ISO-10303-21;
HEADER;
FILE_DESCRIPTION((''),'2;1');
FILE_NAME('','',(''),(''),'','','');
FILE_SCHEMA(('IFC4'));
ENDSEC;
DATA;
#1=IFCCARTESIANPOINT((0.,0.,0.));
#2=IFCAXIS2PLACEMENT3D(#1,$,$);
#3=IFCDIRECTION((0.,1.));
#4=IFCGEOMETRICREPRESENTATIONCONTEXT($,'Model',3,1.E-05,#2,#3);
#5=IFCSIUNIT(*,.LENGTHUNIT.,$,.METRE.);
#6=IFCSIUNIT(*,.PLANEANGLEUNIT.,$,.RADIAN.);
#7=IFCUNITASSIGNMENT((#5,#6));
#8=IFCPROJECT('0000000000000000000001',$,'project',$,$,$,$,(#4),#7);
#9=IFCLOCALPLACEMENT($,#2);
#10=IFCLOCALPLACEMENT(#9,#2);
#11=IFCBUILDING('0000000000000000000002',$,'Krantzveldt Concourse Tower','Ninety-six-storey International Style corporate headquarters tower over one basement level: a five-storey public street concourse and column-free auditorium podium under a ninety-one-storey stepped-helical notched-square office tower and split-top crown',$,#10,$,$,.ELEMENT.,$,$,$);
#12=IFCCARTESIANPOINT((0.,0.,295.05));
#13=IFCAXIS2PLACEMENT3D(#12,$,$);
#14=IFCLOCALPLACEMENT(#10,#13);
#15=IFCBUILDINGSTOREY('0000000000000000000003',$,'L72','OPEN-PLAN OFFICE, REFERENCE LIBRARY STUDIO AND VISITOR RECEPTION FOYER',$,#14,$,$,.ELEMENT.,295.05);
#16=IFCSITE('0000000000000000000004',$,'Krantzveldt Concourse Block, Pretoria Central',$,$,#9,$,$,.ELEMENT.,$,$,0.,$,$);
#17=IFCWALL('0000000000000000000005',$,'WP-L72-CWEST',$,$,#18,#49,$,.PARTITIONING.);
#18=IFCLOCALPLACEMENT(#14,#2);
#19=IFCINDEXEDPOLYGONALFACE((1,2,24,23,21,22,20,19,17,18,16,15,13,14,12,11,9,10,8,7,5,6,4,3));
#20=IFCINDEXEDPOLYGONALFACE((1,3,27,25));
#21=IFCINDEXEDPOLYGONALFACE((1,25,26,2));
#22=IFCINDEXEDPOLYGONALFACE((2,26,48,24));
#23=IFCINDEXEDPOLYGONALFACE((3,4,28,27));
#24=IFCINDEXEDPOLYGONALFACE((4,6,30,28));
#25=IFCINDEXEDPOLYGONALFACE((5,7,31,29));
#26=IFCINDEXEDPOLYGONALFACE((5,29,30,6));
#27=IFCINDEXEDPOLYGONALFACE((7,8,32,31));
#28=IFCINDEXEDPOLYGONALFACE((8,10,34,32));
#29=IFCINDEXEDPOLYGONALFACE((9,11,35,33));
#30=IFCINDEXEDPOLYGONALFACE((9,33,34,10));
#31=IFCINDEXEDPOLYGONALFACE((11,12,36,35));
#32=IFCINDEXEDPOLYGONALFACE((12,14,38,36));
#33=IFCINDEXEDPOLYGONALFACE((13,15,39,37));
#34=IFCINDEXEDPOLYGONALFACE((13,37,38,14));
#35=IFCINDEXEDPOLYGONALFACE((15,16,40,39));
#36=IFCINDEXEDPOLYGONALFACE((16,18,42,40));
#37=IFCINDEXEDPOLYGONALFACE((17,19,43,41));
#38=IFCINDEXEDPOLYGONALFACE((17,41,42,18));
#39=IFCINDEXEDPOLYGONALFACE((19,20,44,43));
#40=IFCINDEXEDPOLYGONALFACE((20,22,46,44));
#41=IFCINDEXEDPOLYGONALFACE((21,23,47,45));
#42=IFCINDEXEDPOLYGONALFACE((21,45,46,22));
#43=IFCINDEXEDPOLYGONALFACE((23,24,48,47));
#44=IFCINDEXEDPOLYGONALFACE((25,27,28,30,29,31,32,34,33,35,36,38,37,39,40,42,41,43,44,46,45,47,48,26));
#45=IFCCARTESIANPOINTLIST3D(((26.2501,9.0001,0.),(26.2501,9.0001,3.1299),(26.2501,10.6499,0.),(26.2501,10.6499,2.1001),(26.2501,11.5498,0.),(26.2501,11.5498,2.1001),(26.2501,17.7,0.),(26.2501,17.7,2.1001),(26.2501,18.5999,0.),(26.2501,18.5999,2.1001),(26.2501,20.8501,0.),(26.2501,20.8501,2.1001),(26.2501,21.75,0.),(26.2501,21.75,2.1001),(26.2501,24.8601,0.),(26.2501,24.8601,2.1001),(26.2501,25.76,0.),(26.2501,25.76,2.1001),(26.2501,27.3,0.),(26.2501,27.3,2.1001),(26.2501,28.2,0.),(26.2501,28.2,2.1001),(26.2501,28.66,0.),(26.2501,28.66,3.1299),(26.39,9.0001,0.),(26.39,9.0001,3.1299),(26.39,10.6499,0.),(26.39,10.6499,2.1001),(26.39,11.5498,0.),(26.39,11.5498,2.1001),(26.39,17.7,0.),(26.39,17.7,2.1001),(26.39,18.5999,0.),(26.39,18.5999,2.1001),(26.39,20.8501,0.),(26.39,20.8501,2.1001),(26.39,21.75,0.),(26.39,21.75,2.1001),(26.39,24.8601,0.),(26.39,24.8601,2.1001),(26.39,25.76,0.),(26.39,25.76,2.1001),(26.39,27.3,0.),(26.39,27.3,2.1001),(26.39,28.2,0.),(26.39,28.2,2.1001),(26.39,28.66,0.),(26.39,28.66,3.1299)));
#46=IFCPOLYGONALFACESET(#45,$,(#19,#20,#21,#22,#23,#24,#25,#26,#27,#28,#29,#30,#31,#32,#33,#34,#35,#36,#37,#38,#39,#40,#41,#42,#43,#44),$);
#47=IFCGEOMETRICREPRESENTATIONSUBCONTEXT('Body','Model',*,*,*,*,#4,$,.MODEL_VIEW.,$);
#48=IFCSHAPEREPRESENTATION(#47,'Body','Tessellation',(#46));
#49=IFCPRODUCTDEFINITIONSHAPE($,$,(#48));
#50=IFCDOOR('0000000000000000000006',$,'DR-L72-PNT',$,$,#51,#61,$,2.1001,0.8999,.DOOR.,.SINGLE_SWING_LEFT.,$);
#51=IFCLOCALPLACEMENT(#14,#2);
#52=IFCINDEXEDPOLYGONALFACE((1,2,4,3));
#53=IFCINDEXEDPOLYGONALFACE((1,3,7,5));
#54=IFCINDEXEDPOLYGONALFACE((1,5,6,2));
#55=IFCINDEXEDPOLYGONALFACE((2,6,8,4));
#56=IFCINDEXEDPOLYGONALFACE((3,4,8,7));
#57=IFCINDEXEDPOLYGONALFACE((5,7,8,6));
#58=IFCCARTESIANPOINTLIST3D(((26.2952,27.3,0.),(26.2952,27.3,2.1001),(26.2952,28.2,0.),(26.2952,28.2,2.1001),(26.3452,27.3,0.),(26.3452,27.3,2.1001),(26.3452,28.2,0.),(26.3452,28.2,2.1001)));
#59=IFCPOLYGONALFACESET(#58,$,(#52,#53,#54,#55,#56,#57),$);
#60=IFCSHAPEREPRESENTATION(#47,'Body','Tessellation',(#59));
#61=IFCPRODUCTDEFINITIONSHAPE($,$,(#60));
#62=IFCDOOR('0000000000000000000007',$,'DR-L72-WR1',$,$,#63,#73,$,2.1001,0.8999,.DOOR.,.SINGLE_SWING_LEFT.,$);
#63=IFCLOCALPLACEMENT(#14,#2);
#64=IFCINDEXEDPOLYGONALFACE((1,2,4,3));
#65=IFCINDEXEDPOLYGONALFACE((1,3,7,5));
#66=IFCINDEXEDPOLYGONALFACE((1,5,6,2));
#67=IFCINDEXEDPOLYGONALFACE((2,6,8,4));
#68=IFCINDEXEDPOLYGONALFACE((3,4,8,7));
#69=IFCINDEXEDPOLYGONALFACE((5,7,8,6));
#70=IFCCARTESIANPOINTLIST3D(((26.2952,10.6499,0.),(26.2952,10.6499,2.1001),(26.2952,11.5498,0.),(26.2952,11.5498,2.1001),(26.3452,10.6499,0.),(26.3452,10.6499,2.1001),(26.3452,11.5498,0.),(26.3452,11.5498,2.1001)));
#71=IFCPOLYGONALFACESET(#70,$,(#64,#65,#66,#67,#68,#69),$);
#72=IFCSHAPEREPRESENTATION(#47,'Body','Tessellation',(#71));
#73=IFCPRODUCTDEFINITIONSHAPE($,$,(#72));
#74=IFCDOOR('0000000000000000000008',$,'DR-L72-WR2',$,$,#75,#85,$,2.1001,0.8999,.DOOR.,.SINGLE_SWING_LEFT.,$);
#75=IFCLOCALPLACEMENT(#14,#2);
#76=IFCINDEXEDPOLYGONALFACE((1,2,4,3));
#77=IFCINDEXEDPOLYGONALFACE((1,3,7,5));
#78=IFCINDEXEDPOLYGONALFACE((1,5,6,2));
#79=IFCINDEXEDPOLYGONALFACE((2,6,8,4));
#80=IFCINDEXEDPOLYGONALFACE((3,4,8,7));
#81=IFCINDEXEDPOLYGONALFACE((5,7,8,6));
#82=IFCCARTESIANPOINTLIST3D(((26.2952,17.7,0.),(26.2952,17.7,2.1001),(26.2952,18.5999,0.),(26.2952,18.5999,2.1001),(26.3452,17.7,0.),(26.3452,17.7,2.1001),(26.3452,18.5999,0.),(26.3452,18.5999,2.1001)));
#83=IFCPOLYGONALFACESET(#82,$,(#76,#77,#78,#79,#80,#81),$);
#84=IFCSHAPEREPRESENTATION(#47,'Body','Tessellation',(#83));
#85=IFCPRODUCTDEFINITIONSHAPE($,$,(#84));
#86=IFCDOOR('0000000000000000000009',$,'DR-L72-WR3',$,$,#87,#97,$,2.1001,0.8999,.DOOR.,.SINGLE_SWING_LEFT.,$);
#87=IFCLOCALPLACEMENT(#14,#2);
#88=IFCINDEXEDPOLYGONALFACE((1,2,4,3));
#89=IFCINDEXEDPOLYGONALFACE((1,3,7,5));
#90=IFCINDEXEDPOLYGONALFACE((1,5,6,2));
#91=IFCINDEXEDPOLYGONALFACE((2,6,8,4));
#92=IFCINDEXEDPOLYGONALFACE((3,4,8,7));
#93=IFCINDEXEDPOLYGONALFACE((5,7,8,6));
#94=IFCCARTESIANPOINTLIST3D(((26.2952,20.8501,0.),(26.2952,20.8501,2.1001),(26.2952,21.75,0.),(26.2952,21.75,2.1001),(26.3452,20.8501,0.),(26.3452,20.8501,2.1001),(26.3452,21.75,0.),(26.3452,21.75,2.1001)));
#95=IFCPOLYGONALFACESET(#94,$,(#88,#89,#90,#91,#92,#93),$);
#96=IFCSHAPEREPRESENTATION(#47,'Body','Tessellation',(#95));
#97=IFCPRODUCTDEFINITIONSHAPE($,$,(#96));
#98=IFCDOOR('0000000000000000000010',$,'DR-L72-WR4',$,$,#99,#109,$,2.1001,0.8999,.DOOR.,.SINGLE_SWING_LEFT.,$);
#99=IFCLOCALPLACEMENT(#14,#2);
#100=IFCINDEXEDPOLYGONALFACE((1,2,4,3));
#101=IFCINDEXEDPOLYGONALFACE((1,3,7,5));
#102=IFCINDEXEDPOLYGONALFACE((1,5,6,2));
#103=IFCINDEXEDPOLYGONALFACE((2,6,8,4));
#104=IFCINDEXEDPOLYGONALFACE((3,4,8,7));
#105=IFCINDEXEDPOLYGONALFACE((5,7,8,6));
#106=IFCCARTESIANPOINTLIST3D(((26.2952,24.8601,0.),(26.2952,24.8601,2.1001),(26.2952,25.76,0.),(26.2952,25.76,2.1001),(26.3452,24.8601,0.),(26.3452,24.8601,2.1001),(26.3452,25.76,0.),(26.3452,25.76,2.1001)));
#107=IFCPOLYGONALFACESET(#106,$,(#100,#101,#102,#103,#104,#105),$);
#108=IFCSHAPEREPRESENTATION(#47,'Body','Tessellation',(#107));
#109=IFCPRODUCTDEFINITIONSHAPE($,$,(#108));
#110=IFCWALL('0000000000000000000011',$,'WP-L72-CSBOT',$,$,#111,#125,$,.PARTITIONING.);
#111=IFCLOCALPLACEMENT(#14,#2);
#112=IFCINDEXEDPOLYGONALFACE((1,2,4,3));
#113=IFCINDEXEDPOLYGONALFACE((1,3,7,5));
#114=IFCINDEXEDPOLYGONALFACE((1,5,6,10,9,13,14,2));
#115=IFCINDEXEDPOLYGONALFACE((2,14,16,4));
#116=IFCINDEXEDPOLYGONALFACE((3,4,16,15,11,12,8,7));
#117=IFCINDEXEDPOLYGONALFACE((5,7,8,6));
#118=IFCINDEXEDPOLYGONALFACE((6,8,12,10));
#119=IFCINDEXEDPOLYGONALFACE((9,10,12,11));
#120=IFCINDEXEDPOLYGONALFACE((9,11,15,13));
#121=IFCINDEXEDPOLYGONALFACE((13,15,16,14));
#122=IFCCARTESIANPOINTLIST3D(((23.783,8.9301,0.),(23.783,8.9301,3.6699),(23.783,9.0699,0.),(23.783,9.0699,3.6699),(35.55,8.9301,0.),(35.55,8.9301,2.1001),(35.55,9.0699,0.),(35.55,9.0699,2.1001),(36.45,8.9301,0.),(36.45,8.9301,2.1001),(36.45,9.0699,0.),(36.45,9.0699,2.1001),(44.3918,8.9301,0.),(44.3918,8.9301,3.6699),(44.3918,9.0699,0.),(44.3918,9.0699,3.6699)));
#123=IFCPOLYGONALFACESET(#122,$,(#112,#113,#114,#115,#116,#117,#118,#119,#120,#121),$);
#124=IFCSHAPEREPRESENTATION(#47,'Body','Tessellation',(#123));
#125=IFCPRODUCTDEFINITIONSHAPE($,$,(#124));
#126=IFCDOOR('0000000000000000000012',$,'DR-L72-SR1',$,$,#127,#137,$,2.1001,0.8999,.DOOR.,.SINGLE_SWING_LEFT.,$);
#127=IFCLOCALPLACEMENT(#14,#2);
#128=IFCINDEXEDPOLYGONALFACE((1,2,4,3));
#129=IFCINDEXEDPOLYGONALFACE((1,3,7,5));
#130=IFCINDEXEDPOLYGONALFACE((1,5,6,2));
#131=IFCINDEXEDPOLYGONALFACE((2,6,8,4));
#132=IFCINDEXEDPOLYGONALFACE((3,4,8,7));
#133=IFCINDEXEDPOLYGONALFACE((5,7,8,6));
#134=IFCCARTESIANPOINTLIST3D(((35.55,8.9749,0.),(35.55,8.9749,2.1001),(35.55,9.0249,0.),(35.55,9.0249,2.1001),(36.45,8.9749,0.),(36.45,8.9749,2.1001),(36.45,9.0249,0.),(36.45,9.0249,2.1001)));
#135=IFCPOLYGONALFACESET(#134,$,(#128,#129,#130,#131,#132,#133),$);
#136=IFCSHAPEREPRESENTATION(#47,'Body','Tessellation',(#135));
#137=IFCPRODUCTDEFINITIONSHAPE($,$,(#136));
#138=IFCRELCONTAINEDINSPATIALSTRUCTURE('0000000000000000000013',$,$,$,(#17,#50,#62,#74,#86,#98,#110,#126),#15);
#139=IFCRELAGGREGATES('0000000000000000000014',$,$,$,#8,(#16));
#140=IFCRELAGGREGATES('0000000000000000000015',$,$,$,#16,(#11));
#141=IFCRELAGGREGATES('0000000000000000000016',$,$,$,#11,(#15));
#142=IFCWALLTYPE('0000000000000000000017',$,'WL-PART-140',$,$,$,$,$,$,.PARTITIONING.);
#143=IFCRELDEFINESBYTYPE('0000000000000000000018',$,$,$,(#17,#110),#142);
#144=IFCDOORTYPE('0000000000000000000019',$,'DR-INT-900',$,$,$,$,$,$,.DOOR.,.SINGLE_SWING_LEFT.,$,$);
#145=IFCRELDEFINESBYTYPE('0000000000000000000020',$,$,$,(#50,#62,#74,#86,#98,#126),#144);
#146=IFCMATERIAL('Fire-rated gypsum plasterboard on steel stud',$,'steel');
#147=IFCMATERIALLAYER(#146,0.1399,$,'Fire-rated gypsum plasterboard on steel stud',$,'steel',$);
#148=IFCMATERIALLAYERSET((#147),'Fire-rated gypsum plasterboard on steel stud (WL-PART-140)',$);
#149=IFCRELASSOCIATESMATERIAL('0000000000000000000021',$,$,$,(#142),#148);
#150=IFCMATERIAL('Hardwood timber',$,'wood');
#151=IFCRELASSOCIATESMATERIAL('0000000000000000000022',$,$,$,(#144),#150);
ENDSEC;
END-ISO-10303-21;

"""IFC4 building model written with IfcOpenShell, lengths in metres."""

from ifc_helpers import new_model, si_unit, direction, frame, frame_2d, origin, place, context, subcontext, project, spatial, rectangle, extrude, material, layer, layer_set, type_object, element, fill, save


model = new_model("IFC4")

# Units and contexts
model_context = context("Model", 3, precision=1e-05, world=origin(), true_north=direction((0.0, 1.0)))
body_context = subcontext(model_context, "Body", "Model", "MODEL_VIEW")
ifc_project = project(units=[si_unit("LENGTHUNIT", "METRE"), si_unit("PLANEANGLEUNIT", "RADIAN")], contexts=[model_context])

# Site, building, storey
site_placement = place(None, origin())
site = spatial("IfcSite", under=ifc_project, at=site_placement, Name="Krantzveldt Concourse Block, Pretoria Central", CompositionType="ELEMENT", RefElevation=0.0)
building_placement = place(site_placement, origin())
building = spatial("IfcBuilding", under=site, at=building_placement, Name="Krantzveldt Concourse Tower", Description="Ninety-six-storey International Style corporate headquarters tower over one basement level: a five-storey public street concourse and column-free auditorium podium under a ninety-one-storey stepped-helical notched-square office tower and split-top crown", CompositionType="ELEMENT")
storey_placement = place(building_placement, frame((0.0, 0.0, 295.05)))
storey = spatial("IfcBuildingStorey", under=building, at=storey_placement, Name="L72", Description="OPEN-PLAN OFFICE, REFERENCE LIBRARY STUDIO AND VISITOR RECEPTION FOYER", CompositionType="ELEMENT", Elevation=295.05)

# Shared definitions
ifc_material_1 = material(Name="Fire-rated gypsum plasterboard on steel stud", Category="steel")

# Wall, openings, doors
ifc_layer_1 = layer(ifc_material_1, 0.1399, Name="Fire-rated gypsum plasterboard on steel stud", Category="steel")
ifc_layer_set_1 = layer_set([ifc_layer_1], Name="Fire-rated gypsum plasterboard on steel stud (WL-PART-140)")
wall_type_1 = type_object("IfcWallType", Name="WL-PART-140", PredefinedType="PARTITIONING", material=ifc_layer_set_1)
wall_1_placement = place(storey_placement, frame((26.3201, 9.0, 0.0), z_axis=(0.0, 0.0, 1.0), x_axis=(0.0, 1.0, 0.0)))
wall_1 = element("IfcWall", 1, at=wall_1_placement, inside=storey, type_object=wall_type_1, Name="WP-L72-CWEST", PredefinedType="PARTITIONING", context=body_context, shape_type="SweptSolid", body=[
    extrude(rectangle(XDim=19.6599, YDim=0.1399, at=frame_2d((9.8301, 0.0))), origin(), (0.0, 0.0, 1.0), 3.1299),
])
opening_1_placement = place(wall_1_placement, frame((18.3, 0.0, 0.0)))
opening_1 = element("IfcOpeningElement", 2, at=opening_1_placement, cuts=wall_1, PredefinedType="OPENING", context=body_context, shape_type="SweptSolid", body=[
    extrude(rectangle(XDim=0.8999, YDim=2.1001, at=frame_2d((0.45, 1.05))), frame((0.0, 0.0801, 0.0), z_axis=(0.0, -1.0, 0.0), x_axis=(1.0, 0.0, 0.0)), (0.0, 0.0, 1.0), 0.1599),
])
opening_2_placement = place(wall_1_placement, frame((1.6499, 0.0, 0.0)))
opening_2 = element("IfcOpeningElement", 3, at=opening_2_placement, cuts=wall_1, PredefinedType="OPENING", context=body_context, shape_type="SweptSolid", body=[
    extrude(rectangle(XDim=0.8999, YDim=2.1001, at=frame_2d((0.45, 1.05))), frame((0.0, 0.0801, 0.0), z_axis=(0.0, -1.0, 0.0), x_axis=(1.0, 0.0, 0.0)), (0.0, 0.0, 1.0), 0.1599),
])
opening_3_placement = place(wall_1_placement, frame((8.7, 0.0, 0.0)))
opening_3 = element("IfcOpeningElement", 4, at=opening_3_placement, cuts=wall_1, PredefinedType="OPENING", context=body_context, shape_type="SweptSolid", body=[
    extrude(rectangle(XDim=0.8999, YDim=2.1001, at=frame_2d((0.45, 1.05))), frame((0.0, 0.0801, 0.0), z_axis=(0.0, -1.0, 0.0), x_axis=(1.0, 0.0, 0.0)), (0.0, 0.0, 1.0), 0.1599),
])
opening_4_placement = place(wall_1_placement, frame((11.8501, 0.0, 0.0)))
opening_4 = element("IfcOpeningElement", 5, at=opening_4_placement, cuts=wall_1, PredefinedType="OPENING", context=body_context, shape_type="SweptSolid", body=[
    extrude(rectangle(XDim=0.8999, YDim=2.1001, at=frame_2d((0.45, 1.05))), frame((0.0, 0.0801, 0.0), z_axis=(0.0, -1.0, 0.0), x_axis=(1.0, 0.0, 0.0)), (0.0, 0.0, 1.0), 0.1599),
])
opening_5_placement = place(wall_1_placement, frame((15.8601, 0.0, 0.0)))
opening_5 = element("IfcOpeningElement", 6, at=opening_5_placement, cuts=wall_1, PredefinedType="OPENING", context=body_context, shape_type="SweptSolid", body=[
    extrude(rectangle(XDim=0.8999, YDim=2.1001, at=frame_2d((0.45, 1.05))), frame((0.0, 0.0801, 0.0), z_axis=(0.0, -1.0, 0.0), x_axis=(1.0, 0.0, 0.0)), (0.0, 0.0, 1.0), 0.1599),
])
ifc_material_2 = material(Name="Hardwood timber", Category="wood")
door_type = type_object("IfcDoorType", Name="DR-INT-900", OperationType="SINGLE_SWING_LEFT", PredefinedType="DOOR", material=ifc_material_2)
door_1_placement = place(opening_1_placement, origin())
door_1 = element("IfcDoor", 7, at=door_1_placement, inside=storey, type_object=door_type, Name="DR-L72-PNT", OperationType="SINGLE_SWING_LEFT", OverallHeight=2.1001, OverallWidth=0.8999, PredefinedType="DOOR", context=body_context, shape_type="SweptSolid", body=[
    extrude(rectangle(XDim=0.8999, YDim=2.1001, at=frame_2d((0.45, 1.05))), frame((0.0, 0.0249, 0.0), z_axis=(0.0, -1.0, 0.0), x_axis=(1.0, 0.0, 0.0)), (0.0, 0.0, 1.0), 0.05),
])
fill(opening_1, door_1)
door_2_placement = place(opening_2_placement, origin())
door_2 = element("IfcDoor", 8, at=door_2_placement, inside=storey, type_object=door_type, Name="DR-L72-WR1", OperationType="SINGLE_SWING_LEFT", OverallHeight=2.1001, OverallWidth=0.8999, PredefinedType="DOOR", context=body_context, shape_type="SweptSolid", body=[
    extrude(rectangle(XDim=0.8999, YDim=2.1001, at=frame_2d((0.45, 1.05))), frame((0.0, 0.0249, 0.0), z_axis=(0.0, -1.0, 0.0), x_axis=(1.0, 0.0, 0.0)), (0.0, 0.0, 1.0), 0.05),
])
fill(opening_2, door_2)
door_3_placement = place(opening_3_placement, origin())
door_3 = element("IfcDoor", 9, at=door_3_placement, inside=storey, type_object=door_type, Name="DR-L72-WR2", OperationType="SINGLE_SWING_LEFT", OverallHeight=2.1001, OverallWidth=0.8999, PredefinedType="DOOR", context=body_context, shape_type="SweptSolid", body=[
    extrude(rectangle(XDim=0.8999, YDim=2.1001, at=frame_2d((0.45, 1.05))), frame((0.0, 0.0249, 0.0), z_axis=(0.0, -1.0, 0.0), x_axis=(1.0, 0.0, 0.0)), (0.0, 0.0, 1.0), 0.05),
])
fill(opening_3, door_3)
door_4_placement = place(opening_4_placement, origin())
door_4 = element("IfcDoor", 10, at=door_4_placement, inside=storey, type_object=door_type, Name="DR-L72-WR3", OperationType="SINGLE_SWING_LEFT", OverallHeight=2.1001, OverallWidth=0.8999, PredefinedType="DOOR", context=body_context, shape_type="SweptSolid", body=[
    extrude(rectangle(XDim=0.8999, YDim=2.1001, at=frame_2d((0.45, 1.05))), frame((0.0, 0.0249, 0.0), z_axis=(0.0, -1.0, 0.0), x_axis=(1.0, 0.0, 0.0)), (0.0, 0.0, 1.0), 0.05),
])
fill(opening_4, door_4)
door_5_placement = place(opening_5_placement, origin())
door_5 = element("IfcDoor", 11, at=door_5_placement, inside=storey, type_object=door_type, Name="DR-L72-WR4", OperationType="SINGLE_SWING_LEFT", OverallHeight=2.1001, OverallWidth=0.8999, PredefinedType="DOOR", context=body_context, shape_type="SweptSolid", body=[
    extrude(rectangle(XDim=0.8999, YDim=2.1001, at=frame_2d((0.45, 1.05))), frame((0.0, 0.0249, 0.0), z_axis=(0.0, -1.0, 0.0), x_axis=(1.0, 0.0, 0.0)), (0.0, 0.0, 1.0), 0.05),
])
fill(opening_5, door_5)

# Wall, opening, door
wall_2_placement = place(storey_placement, frame((23.783, 9.0, 0.0), z_axis=(0.0, 0.0, 1.0), x_axis=(1.0, 0.0, 0.0)))
wall_2 = element("IfcWall", 12, at=wall_2_placement, inside=storey, type_object=wall_type_1, Name="WP-L72-CSBOT", PredefinedType="PARTITIONING", context=body_context, shape_type="SweptSolid", body=[
    extrude(rectangle(XDim=20.6089, YDim=0.1399, at=frame_2d((10.3044, 0.0))), origin(), (0.0, 0.0, 1.0), 3.6699),
])
opening_6_placement = place(wall_2_placement, frame((11.7671, 0.0, 0.0)))
opening_6 = element("IfcOpeningElement", 13, at=opening_6_placement, cuts=wall_2, PredefinedType="OPENING", context=body_context, shape_type="SweptSolid", body=[
    extrude(rectangle(XDim=0.8999, YDim=2.1001, at=frame_2d((0.45, 1.05))), frame((0.0, 0.0801, 0.0), z_axis=(0.0, -1.0, 0.0), x_axis=(1.0, 0.0, 0.0)), (0.0, 0.0, 1.0), 0.1599),
])
door_6_placement = place(opening_6_placement, origin())
door_6 = element("IfcDoor", 14, at=door_6_placement, inside=storey, type_object=door_type, Name="DR-L72-SR1", OperationType="SINGLE_SWING_LEFT", OverallHeight=2.1001, OverallWidth=0.8999, PredefinedType="DOOR", context=body_context, shape_type="SweptSolid", body=[
    extrude(rectangle(XDim=0.8999, YDim=2.1001, at=frame_2d((0.45, 1.05))), frame((0.0, 0.0249, 0.0), z_axis=(0.0, -1.0, 0.0), x_axis=(1.0, 0.0, 0.0)), (0.0, 0.0, 1.0), 0.05),
])
fill(opening_6, door_6)

save(model, "model.ifc")
